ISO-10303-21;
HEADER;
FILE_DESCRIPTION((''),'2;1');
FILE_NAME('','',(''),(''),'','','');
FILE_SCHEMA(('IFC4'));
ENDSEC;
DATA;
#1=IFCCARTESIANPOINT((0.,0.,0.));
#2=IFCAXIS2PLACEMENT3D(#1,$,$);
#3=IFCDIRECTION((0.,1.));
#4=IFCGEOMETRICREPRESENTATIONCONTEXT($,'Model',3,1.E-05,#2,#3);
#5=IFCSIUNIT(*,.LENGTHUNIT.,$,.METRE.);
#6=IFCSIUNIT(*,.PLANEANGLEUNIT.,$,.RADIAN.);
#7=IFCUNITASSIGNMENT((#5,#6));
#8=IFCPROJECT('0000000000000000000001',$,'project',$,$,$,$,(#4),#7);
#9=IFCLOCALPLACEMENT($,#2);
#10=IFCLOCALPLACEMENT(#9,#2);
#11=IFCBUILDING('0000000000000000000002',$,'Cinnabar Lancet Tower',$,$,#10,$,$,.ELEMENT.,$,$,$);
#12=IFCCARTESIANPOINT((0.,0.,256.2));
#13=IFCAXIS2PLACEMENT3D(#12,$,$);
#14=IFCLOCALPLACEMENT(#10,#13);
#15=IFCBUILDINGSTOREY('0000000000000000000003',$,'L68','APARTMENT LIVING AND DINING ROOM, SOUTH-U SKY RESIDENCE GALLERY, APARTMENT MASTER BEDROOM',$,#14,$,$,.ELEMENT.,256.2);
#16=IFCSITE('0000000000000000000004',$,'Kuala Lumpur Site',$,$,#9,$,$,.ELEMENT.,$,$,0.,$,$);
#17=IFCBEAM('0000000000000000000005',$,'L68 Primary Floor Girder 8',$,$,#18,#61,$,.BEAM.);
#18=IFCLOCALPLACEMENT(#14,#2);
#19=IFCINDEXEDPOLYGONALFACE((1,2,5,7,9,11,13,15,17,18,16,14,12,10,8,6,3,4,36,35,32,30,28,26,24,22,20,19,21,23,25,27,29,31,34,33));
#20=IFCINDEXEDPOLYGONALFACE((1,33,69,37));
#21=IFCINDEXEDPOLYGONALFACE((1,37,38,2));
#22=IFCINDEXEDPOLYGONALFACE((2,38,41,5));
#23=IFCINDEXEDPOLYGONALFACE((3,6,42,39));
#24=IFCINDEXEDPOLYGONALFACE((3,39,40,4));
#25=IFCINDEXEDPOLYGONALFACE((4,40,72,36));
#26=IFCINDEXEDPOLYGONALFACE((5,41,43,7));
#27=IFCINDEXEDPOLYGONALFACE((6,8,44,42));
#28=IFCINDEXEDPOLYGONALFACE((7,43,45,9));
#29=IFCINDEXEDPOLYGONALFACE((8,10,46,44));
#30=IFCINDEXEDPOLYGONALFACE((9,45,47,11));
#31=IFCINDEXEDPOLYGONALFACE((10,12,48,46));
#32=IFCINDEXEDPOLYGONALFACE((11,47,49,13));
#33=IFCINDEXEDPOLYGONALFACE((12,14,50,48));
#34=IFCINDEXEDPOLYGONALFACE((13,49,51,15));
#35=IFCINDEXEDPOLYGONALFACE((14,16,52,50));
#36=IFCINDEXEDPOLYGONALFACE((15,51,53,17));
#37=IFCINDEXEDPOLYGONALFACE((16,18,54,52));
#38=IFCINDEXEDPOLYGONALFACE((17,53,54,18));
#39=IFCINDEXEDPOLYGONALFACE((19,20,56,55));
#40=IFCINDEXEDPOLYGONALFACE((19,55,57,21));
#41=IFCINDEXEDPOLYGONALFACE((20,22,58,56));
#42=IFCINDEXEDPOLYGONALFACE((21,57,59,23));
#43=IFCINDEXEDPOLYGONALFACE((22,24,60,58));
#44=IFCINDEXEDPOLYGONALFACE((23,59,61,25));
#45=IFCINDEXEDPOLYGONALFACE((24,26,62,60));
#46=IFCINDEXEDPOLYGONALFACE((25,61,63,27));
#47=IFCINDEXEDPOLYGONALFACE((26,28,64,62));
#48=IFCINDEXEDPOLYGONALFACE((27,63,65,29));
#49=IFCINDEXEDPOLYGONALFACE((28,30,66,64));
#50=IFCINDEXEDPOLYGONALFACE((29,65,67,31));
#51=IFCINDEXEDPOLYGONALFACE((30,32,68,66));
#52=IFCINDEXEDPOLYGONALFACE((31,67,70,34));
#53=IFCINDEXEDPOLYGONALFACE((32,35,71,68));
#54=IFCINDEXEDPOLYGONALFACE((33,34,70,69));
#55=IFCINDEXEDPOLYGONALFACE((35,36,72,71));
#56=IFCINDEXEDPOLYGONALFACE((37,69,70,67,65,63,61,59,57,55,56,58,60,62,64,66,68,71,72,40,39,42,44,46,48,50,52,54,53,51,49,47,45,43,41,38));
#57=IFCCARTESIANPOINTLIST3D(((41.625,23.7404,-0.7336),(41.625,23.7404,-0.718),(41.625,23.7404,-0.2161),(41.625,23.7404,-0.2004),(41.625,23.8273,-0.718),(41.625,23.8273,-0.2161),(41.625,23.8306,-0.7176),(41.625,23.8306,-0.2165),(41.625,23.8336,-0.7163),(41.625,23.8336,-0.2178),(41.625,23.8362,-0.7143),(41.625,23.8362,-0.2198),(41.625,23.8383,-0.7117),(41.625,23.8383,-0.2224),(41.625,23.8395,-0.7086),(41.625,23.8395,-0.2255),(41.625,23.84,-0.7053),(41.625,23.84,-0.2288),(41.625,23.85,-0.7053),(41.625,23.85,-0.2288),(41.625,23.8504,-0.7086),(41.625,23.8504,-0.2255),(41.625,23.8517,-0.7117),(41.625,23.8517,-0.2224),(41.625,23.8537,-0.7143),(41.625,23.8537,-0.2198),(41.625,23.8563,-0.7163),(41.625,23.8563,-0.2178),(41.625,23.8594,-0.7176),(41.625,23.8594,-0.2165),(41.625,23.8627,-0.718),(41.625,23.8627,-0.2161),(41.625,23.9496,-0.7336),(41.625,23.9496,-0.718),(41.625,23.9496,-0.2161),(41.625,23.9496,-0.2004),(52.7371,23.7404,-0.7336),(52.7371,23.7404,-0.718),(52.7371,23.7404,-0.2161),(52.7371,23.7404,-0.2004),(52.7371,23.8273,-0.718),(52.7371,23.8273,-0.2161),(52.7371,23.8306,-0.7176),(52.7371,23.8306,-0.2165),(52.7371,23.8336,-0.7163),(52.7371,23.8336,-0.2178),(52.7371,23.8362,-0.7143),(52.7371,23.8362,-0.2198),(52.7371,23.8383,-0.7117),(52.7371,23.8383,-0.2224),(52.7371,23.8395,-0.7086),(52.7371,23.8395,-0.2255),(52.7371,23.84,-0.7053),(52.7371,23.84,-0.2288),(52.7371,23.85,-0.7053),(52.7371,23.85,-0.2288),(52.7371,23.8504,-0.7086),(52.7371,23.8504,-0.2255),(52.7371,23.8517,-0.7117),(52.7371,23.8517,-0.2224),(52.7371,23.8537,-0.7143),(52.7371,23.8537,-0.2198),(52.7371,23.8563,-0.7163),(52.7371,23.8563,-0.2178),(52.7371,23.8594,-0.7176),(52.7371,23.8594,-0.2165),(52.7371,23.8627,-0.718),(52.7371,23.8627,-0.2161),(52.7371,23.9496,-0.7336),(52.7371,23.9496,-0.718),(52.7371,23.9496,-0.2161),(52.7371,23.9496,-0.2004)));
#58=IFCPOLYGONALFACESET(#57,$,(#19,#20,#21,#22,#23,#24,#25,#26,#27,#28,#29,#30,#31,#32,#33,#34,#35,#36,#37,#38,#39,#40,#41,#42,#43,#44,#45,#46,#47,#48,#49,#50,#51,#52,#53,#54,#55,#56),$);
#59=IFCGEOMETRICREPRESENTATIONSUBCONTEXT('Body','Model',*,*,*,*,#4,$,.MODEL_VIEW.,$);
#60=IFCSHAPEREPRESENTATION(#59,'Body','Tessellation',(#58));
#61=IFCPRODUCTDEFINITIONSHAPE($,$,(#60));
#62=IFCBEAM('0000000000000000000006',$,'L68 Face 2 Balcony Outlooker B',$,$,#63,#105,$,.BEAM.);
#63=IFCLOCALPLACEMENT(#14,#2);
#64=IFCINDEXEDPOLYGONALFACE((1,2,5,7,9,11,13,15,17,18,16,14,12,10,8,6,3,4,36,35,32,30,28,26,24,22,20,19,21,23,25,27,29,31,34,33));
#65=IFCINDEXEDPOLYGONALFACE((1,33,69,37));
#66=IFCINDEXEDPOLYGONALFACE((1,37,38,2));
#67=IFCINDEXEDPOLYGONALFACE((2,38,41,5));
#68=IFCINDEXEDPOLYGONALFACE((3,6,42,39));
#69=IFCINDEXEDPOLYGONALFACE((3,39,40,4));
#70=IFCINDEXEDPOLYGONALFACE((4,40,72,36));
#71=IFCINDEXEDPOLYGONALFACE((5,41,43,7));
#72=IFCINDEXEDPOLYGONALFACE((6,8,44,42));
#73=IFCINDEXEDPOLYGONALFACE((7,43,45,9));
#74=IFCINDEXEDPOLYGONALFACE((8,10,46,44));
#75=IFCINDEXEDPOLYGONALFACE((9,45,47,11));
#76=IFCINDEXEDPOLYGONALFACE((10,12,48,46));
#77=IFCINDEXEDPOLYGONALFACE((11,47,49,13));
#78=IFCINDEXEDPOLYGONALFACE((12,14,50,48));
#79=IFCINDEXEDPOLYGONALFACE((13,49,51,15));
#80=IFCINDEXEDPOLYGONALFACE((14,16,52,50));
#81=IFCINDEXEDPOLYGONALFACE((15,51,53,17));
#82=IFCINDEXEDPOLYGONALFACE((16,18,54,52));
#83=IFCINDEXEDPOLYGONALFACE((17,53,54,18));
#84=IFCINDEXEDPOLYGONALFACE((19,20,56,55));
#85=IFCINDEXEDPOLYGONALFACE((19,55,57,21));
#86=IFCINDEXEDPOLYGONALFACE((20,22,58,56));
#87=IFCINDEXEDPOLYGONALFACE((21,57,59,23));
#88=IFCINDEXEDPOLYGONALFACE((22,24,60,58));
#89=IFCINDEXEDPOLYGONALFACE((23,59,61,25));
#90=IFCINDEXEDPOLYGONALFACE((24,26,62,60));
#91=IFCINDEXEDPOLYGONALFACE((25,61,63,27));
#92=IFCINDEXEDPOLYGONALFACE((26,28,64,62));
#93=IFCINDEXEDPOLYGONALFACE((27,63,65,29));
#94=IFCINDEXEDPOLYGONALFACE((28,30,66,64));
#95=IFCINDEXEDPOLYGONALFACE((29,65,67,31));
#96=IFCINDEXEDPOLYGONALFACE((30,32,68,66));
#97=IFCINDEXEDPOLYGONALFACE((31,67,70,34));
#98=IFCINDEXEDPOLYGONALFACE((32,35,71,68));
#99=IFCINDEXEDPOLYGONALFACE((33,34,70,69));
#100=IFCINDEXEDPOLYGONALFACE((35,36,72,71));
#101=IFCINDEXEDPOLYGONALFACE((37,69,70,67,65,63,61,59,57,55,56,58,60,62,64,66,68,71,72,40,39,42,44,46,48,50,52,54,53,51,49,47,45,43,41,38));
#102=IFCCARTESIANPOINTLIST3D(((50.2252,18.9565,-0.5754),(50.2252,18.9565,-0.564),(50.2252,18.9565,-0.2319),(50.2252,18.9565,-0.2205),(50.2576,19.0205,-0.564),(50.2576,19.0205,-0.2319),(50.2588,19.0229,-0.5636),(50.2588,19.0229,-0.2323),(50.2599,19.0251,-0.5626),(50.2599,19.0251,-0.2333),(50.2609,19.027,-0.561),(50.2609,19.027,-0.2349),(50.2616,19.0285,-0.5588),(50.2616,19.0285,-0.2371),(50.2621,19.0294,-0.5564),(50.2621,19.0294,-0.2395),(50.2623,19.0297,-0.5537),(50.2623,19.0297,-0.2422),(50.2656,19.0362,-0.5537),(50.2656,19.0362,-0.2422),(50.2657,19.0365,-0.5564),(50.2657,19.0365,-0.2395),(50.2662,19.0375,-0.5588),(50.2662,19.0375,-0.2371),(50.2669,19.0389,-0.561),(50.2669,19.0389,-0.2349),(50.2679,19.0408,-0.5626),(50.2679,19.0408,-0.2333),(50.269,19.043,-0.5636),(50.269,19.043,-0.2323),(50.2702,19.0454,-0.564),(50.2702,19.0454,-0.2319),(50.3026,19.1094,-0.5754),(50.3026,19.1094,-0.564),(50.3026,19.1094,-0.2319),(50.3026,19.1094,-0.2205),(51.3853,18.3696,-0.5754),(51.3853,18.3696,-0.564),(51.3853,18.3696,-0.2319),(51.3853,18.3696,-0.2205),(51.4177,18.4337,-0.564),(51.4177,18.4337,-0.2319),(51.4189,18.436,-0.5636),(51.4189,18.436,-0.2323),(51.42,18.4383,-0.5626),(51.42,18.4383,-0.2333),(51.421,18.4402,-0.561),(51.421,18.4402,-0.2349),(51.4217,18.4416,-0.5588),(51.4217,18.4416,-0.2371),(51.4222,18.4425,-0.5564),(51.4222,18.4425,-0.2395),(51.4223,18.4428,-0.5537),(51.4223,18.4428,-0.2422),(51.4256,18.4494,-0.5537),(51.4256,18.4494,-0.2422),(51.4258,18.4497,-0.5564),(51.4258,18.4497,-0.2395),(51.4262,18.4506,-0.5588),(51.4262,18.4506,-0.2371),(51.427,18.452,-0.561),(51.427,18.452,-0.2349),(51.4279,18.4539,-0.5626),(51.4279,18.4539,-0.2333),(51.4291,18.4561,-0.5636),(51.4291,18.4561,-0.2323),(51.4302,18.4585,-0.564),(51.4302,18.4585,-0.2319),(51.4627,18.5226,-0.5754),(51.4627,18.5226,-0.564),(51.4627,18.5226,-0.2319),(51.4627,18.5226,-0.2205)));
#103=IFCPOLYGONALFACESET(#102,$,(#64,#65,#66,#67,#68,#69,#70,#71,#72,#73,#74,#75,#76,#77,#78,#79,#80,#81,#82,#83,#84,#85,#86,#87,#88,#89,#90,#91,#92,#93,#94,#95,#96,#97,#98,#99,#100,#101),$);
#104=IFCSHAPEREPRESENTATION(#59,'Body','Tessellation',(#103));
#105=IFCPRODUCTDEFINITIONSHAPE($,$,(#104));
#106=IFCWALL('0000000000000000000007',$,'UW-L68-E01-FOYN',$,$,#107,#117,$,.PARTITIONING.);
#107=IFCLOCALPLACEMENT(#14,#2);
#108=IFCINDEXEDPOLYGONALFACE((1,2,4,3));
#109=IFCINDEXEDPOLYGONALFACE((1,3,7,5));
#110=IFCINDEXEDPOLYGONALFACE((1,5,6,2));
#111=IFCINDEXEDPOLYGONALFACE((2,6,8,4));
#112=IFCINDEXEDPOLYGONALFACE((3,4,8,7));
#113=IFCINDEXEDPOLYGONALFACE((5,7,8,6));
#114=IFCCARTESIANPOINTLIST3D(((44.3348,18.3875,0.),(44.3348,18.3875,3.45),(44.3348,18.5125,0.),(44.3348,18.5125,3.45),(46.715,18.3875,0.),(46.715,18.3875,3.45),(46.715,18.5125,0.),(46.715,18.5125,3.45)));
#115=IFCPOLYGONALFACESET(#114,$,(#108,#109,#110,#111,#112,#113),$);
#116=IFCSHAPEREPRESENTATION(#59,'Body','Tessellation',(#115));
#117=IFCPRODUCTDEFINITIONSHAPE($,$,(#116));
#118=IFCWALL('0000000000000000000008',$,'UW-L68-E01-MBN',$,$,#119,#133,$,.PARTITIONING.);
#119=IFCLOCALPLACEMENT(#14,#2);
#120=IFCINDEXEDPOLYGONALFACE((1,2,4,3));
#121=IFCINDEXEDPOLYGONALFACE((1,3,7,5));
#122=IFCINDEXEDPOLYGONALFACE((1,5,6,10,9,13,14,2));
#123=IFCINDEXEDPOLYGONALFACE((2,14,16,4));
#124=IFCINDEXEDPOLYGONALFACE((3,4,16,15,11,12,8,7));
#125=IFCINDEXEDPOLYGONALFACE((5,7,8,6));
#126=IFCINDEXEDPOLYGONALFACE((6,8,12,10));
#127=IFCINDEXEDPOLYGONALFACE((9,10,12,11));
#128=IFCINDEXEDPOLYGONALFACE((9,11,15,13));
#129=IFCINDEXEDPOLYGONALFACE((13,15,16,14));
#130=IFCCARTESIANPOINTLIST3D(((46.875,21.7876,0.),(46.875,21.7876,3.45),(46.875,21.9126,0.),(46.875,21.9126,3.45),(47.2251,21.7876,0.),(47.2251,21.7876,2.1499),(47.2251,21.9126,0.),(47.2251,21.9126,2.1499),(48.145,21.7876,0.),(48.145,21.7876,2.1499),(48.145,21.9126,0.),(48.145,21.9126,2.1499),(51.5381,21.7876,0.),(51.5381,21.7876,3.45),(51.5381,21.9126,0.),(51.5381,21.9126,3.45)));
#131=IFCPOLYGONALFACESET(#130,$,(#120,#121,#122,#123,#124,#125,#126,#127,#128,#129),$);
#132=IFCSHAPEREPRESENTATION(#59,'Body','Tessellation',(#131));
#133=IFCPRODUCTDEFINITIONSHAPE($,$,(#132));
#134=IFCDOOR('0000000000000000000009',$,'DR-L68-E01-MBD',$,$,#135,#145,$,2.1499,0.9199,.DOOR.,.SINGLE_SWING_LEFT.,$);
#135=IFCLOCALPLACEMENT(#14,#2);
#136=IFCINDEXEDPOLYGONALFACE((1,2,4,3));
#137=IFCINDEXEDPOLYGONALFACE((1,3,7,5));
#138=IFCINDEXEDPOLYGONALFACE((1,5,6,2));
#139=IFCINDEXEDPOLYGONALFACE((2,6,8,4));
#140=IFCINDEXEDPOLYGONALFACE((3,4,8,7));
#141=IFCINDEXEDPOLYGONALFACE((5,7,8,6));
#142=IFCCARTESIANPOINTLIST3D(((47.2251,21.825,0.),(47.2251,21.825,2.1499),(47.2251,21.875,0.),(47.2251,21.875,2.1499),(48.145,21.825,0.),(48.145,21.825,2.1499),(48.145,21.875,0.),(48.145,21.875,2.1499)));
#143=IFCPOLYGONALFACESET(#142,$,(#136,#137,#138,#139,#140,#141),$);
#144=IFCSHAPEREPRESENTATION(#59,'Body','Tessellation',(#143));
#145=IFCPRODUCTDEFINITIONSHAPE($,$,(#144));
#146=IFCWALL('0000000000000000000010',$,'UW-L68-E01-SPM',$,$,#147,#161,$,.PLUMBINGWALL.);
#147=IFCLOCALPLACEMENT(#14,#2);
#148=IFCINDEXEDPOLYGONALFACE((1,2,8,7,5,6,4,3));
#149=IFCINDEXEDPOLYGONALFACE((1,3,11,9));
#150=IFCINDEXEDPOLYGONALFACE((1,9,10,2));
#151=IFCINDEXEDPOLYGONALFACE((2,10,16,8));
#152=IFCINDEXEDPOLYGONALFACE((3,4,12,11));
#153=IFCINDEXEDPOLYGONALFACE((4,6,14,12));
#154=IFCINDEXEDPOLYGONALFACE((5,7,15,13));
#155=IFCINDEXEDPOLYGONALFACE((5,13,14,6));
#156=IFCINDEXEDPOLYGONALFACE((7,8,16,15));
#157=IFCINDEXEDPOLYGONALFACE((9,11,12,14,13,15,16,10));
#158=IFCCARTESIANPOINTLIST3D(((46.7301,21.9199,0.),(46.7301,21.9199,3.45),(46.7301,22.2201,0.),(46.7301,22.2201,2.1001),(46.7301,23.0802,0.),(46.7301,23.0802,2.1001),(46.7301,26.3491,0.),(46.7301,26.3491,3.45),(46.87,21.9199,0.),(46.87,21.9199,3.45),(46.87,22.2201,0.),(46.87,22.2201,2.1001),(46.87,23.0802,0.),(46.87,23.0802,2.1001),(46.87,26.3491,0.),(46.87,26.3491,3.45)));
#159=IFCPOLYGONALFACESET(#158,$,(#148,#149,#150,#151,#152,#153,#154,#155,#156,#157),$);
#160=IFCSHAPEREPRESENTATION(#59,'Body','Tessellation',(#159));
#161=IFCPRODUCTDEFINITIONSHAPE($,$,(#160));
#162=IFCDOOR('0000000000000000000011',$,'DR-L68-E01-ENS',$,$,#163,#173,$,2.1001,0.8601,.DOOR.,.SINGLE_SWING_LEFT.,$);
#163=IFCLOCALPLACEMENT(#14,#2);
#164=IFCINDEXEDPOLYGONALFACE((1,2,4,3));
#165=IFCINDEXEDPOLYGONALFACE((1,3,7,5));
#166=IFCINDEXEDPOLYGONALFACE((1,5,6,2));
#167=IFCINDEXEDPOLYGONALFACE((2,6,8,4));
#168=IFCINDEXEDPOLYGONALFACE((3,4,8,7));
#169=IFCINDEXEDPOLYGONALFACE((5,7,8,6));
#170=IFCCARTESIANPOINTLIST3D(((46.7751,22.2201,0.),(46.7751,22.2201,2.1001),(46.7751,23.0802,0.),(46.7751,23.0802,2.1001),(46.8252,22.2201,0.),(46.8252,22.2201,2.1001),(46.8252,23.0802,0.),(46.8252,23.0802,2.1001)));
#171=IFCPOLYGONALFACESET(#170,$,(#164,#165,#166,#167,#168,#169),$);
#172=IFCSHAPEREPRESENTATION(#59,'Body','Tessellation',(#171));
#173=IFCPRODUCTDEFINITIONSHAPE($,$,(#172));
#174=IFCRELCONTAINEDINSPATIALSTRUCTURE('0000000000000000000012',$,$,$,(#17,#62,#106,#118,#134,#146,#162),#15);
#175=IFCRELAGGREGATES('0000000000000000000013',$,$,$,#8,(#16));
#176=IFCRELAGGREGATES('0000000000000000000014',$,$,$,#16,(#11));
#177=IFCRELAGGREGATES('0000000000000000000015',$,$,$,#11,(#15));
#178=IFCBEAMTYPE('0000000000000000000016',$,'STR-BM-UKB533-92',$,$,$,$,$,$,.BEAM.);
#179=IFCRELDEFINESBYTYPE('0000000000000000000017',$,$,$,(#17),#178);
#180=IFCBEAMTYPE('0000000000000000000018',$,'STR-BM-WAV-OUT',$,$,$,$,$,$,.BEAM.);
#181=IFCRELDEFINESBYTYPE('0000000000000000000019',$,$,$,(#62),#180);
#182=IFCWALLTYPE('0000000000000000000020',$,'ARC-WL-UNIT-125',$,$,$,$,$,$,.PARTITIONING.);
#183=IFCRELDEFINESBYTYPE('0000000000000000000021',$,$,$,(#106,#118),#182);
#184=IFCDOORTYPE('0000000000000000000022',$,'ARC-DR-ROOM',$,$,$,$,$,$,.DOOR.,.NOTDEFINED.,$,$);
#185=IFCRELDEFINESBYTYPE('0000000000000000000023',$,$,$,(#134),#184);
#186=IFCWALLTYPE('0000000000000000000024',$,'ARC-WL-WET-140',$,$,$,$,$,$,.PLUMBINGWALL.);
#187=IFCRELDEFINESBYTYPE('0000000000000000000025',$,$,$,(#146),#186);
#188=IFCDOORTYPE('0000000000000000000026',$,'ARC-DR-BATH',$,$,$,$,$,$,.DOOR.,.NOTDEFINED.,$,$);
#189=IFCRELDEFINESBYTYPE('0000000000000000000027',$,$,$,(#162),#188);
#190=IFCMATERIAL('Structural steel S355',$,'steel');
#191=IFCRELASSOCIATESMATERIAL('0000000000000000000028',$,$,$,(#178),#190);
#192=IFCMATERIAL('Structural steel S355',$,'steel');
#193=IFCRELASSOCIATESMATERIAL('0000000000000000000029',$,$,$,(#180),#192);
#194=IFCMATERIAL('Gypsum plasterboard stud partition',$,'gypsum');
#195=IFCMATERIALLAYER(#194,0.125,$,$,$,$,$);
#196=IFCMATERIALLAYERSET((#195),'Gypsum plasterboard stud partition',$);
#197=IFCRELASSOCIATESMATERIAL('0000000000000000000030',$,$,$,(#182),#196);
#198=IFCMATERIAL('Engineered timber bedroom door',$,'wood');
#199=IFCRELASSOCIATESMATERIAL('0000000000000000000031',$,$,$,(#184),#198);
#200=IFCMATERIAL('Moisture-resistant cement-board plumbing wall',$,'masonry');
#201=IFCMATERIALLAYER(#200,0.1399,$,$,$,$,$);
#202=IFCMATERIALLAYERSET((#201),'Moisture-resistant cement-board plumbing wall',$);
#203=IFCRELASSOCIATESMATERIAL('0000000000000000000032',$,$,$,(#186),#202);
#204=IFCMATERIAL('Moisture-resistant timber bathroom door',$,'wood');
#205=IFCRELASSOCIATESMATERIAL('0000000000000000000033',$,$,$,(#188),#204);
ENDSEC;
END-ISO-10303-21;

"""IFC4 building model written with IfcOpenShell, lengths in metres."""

from ifc_helpers import new_model, si_unit, direction, frame, frame_2d, origin, origin_2d, place, context, subcontext, project, spatial, rectangle, i_section, extrude, material, layer, layer_set, material_profile, profile_set, type_object, element, fill, save


model = new_model("IFC4")

# Units and contexts
model_context = context("Model", 3, precision=1e-05, world=origin(), true_north=direction((0.0, 1.0)))
body_context = subcontext(model_context, "Body", "Model", "MODEL_VIEW")
ifc_project = project(units=[si_unit("LENGTHUNIT", "METRE"), si_unit("PLANEANGLEUNIT", "RADIAN")], contexts=[model_context])

# Site, building, storey
site_placement = place(None, origin())
site = spatial("IfcSite", under=ifc_project, at=site_placement, Name="Kuala Lumpur Site", CompositionType="ELEMENT", RefElevation=0.0)
building_placement = place(site_placement, origin())
building = spatial("IfcBuilding", under=site, at=building_placement, Name="Cinnabar Lancet Tower", CompositionType="ELEMENT")
storey_placement = place(building_placement, frame((0.0, 0.0, 256.2)))
storey = spatial("IfcBuildingStorey", under=building, at=storey_placement, Name="L68", Description="APARTMENT LIVING AND DINING ROOM, SOUTH-U SKY RESIDENCE GALLERY, APARTMENT MASTER BEDROOM", CompositionType="ELEMENT", Elevation=256.2)

# Beams
ifc_material_1 = material(Name="Structural steel S355", Category="steel")
ifc_material_profile_1 = material_profile(ifc_material_1, i_section(OverallWidth=0.2092, OverallDepth=0.5332, WebThickness=0.01, FlangeThickness=0.0156, FilletRadius=0.0127, at=origin_2d()), Name="UKB 533x210x92")
ifc_profile_set_1 = profile_set([ifc_material_profile_1], Name="Structural steel S355")
beam_type_1 = type_object("IfcBeamType", Name="STR-BM-UKB533-92", PredefinedType="BEAM", material=ifc_profile_set_1)
beam_1_placement = place(storey_placement, frame((52.7371, 23.845, -0.467), z_axis=(-1.0, 0.0, 0.0), x_axis=(0.0, -1.0, 0.0)))
element("IfcBeam", 1, at=beam_1_placement, inside=storey, type_object=beam_type_1, Name="L68 Primary Floor Girder 8", PredefinedType="BEAM", context=body_context, shape_type="SweptSolid", body=[
    extrude(i_section(OverallWidth=0.2092, OverallDepth=0.5332, WebThickness=0.01, FlangeThickness=0.0156, FilletRadius=0.0127, at=origin_2d()), origin(), (0.0, 0.0, 1.0), 11.1121),
])
ifc_material_2 = material(Name="Structural steel S355", Category="steel")
ifc_material_profile_2 = material_profile(ifc_material_2, i_section(OverallWidth=0.1714, OverallDepth=0.355, WebThickness=0.0073, FlangeThickness=0.0115, FilletRadius=0.0103, at=origin_2d()), Name="UKB 356x171x51")
ifc_profile_set_2 = profile_set([ifc_material_profile_2], Name="Structural steel S355")
beam_type_2 = type_object("IfcBeamType", Name="STR-BM-WAV-OUT", PredefinedType="BEAM", material=ifc_profile_set_2)
beam_2_placement = place(storey_placement, frame((50.2639, 19.033, -0.3979), z_axis=(0.892314, -0.451415, 0.0), x_axis=(0.451415, 0.892314, 0.0)))
element("IfcBeam", 2, at=beam_2_placement, inside=storey, type_object=beam_type_2, Name="L68 Face 2 Balcony Outlooker B", PredefinedType="BEAM", context=body_context, shape_type="SweptSolid", body=[
    extrude(i_section(OverallWidth=0.1714, OverallDepth=0.355, WebThickness=0.0073, FlangeThickness=0.0115, FilletRadius=0.0103, at=origin_2d()), origin(), (0.0, 0.0, 1.0), 1.3),
])

# Wall
ifc_material_3 = material(Name="Gypsum plasterboard stud partition", Category="gypsum")
ifc_layer_1 = layer(ifc_material_3, 0.125)
ifc_layer_set_1 = layer_set([ifc_layer_1], Name="Gypsum plasterboard stud partition")
wall_type_1 = type_object("IfcWallType", Name="ARC-WL-UNIT-125", PredefinedType="PARTITIONING", material=ifc_layer_set_1)
wall_1_placement = place(storey_placement, frame((44.335, 18.45, 0.0), z_axis=(0.0, 0.0, 1.0), x_axis=(1.0, 0.0, 0.0)))
element("IfcWall", 3, at=wall_1_placement, inside=storey, type_object=wall_type_1, Name="UW-L68-E01-FOYN", PredefinedType="PARTITIONING", context=body_context, shape_type="SweptSolid", body=[
    extrude(rectangle(XDim=2.3801, YDim=0.125, at=frame_2d((1.1899, 0.0))), origin(), (0.0, 0.0, 1.0), 3.45),
])

# Wall, opening, door
wall_2_placement = place(storey_placement, frame((46.875, 21.8501, 0.0), z_axis=(0.0, 0.0, 1.0), x_axis=(1.0, 0.0, 0.0)))
wall_2 = element("IfcWall", 4, at=wall_2_placement, inside=storey, type_object=wall_type_1, Name="UW-L68-E01-MBN", PredefinedType="PARTITIONING", context=body_context, shape_type="SweptSolid", body=[
    extrude(rectangle(XDim=4.6631, YDim=0.125, at=frame_2d((2.3315, 0.0))), origin(), (0.0, 0.0, 1.0), 3.45),
])
opening_1_placement = place(wall_2_placement, frame((0.3501, 0.0, 0.0)))
opening_1 = element("IfcOpeningElement", 5, at=opening_1_placement, cuts=wall_2, PredefinedType="OPENING", context=body_context, shape_type="SweptSolid", body=[
    extrude(rectangle(XDim=0.9199, YDim=2.1499, at=frame_2d((0.46, 1.075))), frame((0.0, 0.0725, 0.0), z_axis=(0.0, -1.0, 0.0), x_axis=(1.0, 0.0, 0.0)), (0.0, 0.0, 1.0), 0.145),
])
ifc_material_4 = material(Name="Engineered timber bedroom door", Category="wood")
door_type_1 = type_object("IfcDoorType", Name="ARC-DR-ROOM", OperationType="NOTDEFINED", PredefinedType="DOOR", material=ifc_material_4)
door_1_placement = place(opening_1_placement, origin())
door_1 = element("IfcDoor", 6, at=door_1_placement, inside=storey, type_object=door_type_1, Name="DR-L68-E01-MBD", OperationType="SINGLE_SWING_LEFT", OverallHeight=2.1499, OverallWidth=0.9199, PredefinedType="DOOR", context=body_context, shape_type="SweptSolid", body=[
    extrude(rectangle(XDim=0.9199, YDim=2.1499, at=frame_2d((0.46, 1.075))), frame((0.0, 0.0249, 0.0), z_axis=(0.0, -1.0, 0.0), x_axis=(1.0, 0.0, 0.0)), (0.0, 0.0, 1.0), 0.05),
])
fill(opening_1, door_1)

# Shared definitions
ifc_material_5 = material(Name="Moisture-resistant cement-board plumbing wall", Category="masonry")
ifc_layer_2 = layer(ifc_material_5, 0.1399)
ifc_layer_set_2 = layer_set([ifc_layer_2], Name="Moisture-resistant cement-board plumbing wall")
wall_type_2 = type_object("IfcWallType", Name="ARC-WL-WET-140", PredefinedType="PLUMBINGWALL", material=ifc_layer_set_2)
ifc_material_6 = material(Name="Moisture-resistant timber bathroom door", Category="wood")
door_type_2 = type_object("IfcDoorType", Name="ARC-DR-BATH", OperationType="NOTDEFINED", PredefinedType="DOOR", material=ifc_material_6)

# Wall, opening, door
wall_3_placement = place(storey_placement, frame((46.8, 21.9199, 0.0), z_axis=(0.0, 0.0, 1.0), x_axis=(0.0, 1.0, 0.0)))
wall_3 = element("IfcWall", 7, at=wall_3_placement, inside=storey, type_object=wall_type_2, Name="UW-L68-E01-SPM", PredefinedType="PLUMBINGWALL", context=body_context, shape_type="SweptSolid", body=[
    extrude(rectangle(XDim=4.4292, YDim=0.1399, at=frame_2d((2.2146, 0.0))), origin(), (0.0, 0.0, 1.0), 3.45),
])
opening_2_placement = place(wall_3_placement, frame((0.3, 0.0, 0.0)))
opening_2 = element("IfcOpeningElement", 8, at=opening_2_placement, cuts=wall_3, PredefinedType="OPENING", context=body_context, shape_type="SweptSolid", body=[
    extrude(rectangle(XDim=0.8601, YDim=2.1001, at=frame_2d((0.4302, 1.05))), frame((0.0, 0.0798, 0.0), z_axis=(0.0, -1.0, 0.0), x_axis=(1.0, 0.0, 0.0)), (0.0, 0.0, 1.0), 0.1599),
])
door_2_placement = place(opening_2_placement, origin())
door_2 = element("IfcDoor", 9, at=door_2_placement, inside=storey, type_object=door_type_2, Name="DR-L68-E01-ENS", OperationType="SINGLE_SWING_LEFT", OverallHeight=2.1001, OverallWidth=0.8601, PredefinedType="DOOR", context=body_context, shape_type="SweptSolid", body=[
    extrude(rectangle(XDim=0.8601, YDim=2.1001, at=frame_2d((0.4302, 1.05))), frame((0.0, 0.0249, 0.0), z_axis=(0.0, -1.0, 0.0), x_axis=(1.0, 0.0, 0.0)), (0.0, 0.0, 1.0), 0.05),
])
fill(opening_2, door_2)

save(model, "model.ifc")
